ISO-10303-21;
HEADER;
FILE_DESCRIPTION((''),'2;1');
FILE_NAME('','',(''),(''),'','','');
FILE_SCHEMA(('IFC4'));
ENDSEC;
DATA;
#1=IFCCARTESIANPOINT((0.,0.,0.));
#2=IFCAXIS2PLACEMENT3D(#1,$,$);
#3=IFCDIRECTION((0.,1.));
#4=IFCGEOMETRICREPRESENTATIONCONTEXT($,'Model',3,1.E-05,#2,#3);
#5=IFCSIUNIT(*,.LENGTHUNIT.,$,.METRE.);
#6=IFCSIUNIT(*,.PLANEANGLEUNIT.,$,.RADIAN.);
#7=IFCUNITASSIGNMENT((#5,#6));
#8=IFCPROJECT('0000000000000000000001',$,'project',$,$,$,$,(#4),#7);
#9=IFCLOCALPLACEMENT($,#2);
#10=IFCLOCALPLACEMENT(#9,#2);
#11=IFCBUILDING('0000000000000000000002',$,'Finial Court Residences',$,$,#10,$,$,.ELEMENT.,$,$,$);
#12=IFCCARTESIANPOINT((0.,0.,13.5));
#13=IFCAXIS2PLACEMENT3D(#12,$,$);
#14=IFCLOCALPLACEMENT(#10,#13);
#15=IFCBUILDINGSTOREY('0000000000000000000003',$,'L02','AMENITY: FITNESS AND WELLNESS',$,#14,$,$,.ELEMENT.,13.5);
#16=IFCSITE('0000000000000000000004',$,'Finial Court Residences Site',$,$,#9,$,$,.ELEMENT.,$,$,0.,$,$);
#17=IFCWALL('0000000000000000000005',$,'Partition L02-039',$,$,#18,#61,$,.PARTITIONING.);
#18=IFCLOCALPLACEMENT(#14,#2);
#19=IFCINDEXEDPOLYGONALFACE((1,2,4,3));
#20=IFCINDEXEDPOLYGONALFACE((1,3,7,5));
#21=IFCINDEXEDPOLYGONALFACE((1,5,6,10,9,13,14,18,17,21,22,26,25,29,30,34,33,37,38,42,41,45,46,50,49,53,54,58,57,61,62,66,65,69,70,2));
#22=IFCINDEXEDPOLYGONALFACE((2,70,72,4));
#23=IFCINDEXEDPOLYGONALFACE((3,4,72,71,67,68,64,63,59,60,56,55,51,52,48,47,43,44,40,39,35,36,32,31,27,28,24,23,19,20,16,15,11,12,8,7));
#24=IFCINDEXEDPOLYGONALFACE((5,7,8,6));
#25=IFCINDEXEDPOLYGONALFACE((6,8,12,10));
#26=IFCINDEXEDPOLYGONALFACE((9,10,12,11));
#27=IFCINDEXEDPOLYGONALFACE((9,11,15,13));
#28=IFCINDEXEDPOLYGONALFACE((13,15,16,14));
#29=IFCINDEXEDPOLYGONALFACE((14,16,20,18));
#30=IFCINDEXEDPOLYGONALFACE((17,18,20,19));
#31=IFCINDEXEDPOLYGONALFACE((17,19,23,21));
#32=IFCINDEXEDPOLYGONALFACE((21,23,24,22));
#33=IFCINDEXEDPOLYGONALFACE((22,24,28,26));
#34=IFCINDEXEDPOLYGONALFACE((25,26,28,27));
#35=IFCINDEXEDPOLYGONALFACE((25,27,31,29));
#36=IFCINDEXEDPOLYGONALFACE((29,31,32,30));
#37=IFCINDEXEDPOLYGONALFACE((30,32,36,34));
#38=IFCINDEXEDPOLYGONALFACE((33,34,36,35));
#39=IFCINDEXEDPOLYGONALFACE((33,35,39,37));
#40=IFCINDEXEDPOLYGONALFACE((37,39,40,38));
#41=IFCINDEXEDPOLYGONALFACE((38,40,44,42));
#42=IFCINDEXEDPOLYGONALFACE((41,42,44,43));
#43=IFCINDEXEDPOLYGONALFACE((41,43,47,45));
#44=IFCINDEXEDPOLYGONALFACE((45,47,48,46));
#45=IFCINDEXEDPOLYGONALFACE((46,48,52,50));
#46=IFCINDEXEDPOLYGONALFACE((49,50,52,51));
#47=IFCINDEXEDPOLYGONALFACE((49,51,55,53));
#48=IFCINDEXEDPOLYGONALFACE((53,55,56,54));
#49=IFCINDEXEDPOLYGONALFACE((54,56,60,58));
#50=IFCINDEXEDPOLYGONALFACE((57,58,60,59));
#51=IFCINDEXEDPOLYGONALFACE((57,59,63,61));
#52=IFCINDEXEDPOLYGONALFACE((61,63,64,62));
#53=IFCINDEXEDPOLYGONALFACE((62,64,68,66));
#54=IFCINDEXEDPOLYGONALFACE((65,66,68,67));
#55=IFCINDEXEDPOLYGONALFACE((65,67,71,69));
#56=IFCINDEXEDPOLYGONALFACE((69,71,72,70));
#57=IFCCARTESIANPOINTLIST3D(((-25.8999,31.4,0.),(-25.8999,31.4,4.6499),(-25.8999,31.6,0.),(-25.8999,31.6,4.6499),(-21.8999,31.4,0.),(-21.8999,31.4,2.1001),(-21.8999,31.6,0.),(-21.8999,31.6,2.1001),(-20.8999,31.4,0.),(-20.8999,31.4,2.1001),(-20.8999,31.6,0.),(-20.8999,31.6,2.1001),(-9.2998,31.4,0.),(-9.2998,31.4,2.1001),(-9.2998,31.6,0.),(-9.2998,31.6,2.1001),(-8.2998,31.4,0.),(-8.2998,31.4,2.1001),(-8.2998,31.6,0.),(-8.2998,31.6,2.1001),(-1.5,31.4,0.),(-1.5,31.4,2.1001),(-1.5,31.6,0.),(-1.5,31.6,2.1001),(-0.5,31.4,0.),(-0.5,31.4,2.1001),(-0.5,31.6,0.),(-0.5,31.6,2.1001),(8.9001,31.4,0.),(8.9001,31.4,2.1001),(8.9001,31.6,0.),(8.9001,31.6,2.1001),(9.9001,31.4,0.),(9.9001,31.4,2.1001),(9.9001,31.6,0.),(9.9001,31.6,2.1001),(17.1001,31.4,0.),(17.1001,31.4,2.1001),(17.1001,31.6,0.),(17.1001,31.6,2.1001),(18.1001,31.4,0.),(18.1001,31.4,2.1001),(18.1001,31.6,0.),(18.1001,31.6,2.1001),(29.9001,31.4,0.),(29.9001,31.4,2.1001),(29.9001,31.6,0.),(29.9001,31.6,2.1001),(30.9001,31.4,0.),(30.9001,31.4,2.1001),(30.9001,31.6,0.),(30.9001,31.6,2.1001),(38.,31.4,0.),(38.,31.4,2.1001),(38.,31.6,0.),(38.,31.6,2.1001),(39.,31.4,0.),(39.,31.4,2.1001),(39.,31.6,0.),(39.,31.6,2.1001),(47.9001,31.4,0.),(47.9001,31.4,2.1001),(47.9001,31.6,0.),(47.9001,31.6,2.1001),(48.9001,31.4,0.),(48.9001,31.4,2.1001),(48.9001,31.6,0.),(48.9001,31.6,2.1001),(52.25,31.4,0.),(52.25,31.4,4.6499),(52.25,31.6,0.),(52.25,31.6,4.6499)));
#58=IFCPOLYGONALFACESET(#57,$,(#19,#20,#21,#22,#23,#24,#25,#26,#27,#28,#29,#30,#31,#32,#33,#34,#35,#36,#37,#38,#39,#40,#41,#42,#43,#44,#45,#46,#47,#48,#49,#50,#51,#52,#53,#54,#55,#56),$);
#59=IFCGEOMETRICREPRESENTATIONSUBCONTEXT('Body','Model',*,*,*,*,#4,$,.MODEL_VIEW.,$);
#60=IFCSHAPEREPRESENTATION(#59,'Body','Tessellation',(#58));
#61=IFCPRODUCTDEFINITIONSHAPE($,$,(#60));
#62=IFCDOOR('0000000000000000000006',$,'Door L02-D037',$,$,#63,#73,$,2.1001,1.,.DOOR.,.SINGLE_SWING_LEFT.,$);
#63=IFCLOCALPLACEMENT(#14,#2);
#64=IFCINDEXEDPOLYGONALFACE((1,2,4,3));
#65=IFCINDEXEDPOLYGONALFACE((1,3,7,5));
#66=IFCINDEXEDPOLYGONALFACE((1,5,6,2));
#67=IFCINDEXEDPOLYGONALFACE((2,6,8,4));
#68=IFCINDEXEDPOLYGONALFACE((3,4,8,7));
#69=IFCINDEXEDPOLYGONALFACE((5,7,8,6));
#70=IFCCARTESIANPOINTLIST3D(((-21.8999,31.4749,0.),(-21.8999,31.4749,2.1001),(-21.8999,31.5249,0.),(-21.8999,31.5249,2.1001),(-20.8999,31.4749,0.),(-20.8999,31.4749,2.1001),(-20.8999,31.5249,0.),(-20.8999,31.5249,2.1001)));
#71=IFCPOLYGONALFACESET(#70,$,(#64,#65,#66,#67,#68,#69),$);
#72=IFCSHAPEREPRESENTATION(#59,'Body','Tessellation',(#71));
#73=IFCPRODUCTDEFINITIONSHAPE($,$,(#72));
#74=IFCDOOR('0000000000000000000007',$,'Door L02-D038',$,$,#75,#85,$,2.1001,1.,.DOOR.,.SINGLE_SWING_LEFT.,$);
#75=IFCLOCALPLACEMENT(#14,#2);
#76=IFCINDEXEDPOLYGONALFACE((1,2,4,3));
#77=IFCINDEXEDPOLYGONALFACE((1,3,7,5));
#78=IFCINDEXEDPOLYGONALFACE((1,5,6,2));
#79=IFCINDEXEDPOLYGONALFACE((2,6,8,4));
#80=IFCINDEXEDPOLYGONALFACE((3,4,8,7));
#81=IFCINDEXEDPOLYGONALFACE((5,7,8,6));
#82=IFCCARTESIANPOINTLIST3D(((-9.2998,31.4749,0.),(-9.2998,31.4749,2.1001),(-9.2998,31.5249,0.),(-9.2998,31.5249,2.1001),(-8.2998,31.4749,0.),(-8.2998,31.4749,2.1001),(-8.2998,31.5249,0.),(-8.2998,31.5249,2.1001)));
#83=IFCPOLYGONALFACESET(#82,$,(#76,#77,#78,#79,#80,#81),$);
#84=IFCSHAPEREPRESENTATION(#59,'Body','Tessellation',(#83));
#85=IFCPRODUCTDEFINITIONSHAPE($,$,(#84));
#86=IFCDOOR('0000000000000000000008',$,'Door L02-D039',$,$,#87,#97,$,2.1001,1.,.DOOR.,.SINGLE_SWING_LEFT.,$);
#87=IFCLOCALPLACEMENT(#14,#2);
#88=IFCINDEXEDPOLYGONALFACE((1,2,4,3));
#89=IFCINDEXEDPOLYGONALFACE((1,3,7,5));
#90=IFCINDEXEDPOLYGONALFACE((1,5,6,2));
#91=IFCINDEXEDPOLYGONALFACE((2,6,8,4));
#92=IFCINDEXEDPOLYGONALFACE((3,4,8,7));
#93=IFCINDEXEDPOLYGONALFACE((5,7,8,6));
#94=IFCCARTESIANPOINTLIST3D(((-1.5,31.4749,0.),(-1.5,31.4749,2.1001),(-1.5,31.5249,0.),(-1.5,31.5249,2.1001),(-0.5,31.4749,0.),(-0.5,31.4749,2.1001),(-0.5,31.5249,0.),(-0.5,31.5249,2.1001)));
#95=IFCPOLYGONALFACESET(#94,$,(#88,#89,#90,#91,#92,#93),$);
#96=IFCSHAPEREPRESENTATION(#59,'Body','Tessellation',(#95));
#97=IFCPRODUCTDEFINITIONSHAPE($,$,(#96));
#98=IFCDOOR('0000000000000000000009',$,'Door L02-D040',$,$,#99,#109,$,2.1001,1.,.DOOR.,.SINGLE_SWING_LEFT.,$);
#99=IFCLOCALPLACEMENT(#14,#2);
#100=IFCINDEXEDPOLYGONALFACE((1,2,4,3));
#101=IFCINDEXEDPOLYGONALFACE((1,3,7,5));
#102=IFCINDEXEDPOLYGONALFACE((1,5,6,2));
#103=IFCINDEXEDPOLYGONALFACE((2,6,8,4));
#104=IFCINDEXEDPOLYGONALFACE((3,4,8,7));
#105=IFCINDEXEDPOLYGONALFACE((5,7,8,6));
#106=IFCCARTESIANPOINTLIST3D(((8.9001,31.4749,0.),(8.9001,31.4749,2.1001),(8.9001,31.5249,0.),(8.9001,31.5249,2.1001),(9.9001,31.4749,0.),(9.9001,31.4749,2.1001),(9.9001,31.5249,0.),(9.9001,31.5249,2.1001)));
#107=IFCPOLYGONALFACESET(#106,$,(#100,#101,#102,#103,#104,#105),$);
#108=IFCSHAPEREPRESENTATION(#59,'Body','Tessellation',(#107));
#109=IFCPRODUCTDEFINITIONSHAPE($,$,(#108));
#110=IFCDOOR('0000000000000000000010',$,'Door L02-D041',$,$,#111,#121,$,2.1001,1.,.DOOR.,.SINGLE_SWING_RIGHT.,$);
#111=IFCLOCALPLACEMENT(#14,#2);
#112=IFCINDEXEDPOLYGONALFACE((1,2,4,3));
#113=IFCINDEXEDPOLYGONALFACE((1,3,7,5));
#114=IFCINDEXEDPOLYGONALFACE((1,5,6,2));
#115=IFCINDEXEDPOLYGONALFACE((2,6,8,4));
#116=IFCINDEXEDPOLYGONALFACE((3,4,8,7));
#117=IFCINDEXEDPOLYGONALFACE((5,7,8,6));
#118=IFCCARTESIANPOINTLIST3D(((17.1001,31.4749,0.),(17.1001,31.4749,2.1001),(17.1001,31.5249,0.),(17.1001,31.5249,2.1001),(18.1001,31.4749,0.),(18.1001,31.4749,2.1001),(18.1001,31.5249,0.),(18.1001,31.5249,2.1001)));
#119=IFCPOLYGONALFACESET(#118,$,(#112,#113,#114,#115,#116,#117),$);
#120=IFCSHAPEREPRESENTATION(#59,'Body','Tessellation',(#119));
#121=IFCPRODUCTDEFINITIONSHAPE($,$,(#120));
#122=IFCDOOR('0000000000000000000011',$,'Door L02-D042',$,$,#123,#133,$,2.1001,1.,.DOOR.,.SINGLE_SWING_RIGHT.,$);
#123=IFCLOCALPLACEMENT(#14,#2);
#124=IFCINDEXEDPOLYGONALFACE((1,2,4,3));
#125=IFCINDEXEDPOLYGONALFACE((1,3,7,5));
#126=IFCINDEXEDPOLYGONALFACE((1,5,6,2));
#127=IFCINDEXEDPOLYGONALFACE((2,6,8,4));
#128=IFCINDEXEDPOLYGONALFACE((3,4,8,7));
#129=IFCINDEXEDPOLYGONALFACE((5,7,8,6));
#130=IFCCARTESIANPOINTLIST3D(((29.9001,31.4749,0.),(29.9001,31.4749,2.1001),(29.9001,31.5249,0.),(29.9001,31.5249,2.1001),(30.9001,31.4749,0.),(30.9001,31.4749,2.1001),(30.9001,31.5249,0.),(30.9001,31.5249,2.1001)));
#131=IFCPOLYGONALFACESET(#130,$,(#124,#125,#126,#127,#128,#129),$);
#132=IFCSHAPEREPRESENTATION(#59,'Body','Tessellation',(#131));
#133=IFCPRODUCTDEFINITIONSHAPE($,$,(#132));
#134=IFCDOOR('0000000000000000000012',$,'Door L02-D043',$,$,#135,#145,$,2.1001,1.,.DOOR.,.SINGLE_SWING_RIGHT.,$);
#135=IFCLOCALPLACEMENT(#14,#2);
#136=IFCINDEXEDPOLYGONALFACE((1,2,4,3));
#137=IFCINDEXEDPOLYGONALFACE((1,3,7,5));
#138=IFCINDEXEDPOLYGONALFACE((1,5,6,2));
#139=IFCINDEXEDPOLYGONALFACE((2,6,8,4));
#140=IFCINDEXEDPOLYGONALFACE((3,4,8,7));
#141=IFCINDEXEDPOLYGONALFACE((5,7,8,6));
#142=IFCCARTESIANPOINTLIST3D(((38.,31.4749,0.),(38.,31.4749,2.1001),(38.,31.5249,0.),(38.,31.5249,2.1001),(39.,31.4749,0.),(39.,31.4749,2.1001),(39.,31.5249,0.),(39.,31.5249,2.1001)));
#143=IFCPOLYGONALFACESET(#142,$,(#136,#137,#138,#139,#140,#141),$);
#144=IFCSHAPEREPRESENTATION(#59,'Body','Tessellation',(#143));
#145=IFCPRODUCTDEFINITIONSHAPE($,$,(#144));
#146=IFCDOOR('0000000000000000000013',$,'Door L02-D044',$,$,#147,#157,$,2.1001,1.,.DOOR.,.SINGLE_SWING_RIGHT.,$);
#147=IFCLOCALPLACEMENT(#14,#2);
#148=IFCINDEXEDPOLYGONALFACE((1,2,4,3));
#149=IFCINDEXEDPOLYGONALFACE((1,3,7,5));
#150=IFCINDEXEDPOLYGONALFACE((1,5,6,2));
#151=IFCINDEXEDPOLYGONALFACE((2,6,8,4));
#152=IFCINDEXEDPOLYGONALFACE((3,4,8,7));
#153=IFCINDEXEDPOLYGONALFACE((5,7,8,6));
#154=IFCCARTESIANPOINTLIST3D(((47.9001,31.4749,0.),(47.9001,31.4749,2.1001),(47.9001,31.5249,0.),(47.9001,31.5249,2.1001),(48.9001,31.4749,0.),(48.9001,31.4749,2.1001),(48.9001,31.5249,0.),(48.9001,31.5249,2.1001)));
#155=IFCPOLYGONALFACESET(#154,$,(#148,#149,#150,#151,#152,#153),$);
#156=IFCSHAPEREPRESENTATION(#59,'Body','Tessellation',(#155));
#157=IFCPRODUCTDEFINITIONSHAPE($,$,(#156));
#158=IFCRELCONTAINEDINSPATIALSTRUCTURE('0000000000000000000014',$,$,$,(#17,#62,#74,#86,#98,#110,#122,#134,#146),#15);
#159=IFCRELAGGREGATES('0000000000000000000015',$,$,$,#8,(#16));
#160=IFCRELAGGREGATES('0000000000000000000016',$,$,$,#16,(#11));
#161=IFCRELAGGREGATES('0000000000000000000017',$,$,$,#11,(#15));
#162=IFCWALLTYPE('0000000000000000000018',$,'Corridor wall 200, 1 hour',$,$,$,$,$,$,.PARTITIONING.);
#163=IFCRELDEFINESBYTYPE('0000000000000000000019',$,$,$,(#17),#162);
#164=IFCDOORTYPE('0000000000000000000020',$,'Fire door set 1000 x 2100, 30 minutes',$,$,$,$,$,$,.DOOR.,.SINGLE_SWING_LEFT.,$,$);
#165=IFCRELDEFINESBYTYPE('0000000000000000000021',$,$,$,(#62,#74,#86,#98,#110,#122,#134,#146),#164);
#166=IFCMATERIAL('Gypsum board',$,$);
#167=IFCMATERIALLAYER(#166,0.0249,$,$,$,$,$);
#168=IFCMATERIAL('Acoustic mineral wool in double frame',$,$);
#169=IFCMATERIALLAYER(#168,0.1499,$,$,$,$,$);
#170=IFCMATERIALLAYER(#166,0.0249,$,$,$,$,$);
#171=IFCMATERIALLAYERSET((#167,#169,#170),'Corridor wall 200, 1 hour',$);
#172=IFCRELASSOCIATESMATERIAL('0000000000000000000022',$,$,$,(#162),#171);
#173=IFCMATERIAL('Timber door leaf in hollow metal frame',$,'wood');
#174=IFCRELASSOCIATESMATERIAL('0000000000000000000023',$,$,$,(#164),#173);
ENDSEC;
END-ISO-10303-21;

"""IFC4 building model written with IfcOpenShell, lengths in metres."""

from ifc_helpers import new_model, si_unit, direction, frame, frame_2d, origin, place, context, subcontext, project, spatial, rectangle, extrude, material, layer, layer_set, type_object, element, fill, save


model = new_model("IFC4")

# Units and contexts
model_context = context("Model", 3, precision=1e-05, world=origin(), true_north=direction((0.0, 1.0)))
body_context = subcontext(model_context, "Body", "Model", "MODEL_VIEW")
ifc_project = project(units=[si_unit("LENGTHUNIT", "METRE"), si_unit("PLANEANGLEUNIT", "RADIAN")], contexts=[model_context])

# Site, building, storey
site_placement = place(None, origin())
site = spatial("IfcSite", under=ifc_project, at=site_placement, Name="Finial Court Residences Site", CompositionType="ELEMENT", RefElevation=0.0)
building_placement = place(site_placement, origin())
building = spatial("IfcBuilding", under=site, at=building_placement, Name="Finial Court Residences", CompositionType="ELEMENT")
storey_placement = place(building_placement, frame((0.0, 0.0, 13.5)))
storey = spatial("IfcBuildingStorey", under=building, at=storey_placement, Name="L02", Description="AMENITY: FITNESS AND WELLNESS", CompositionType="ELEMENT", Elevation=13.5)

# Shared definitions
ifc_material_1 = material(Name="Gypsum board")
ifc_layer_1 = layer(ifc_material_1, 0.0249)
ifc_material_2 = material(Name="Acoustic mineral wool in double frame")
ifc_layer_2 = layer(ifc_material_2, 0.1499)
ifc_layer_3 = layer(ifc_material_1, 0.0249)
ifc_layer_set_1 = layer_set([ifc_layer_1, ifc_layer_2, ifc_layer_3], Name="Corridor wall 200, 1 hour")
wall_type_1 = type_object("IfcWallType", Name="Corridor wall 200, 1 hour", PredefinedType="PARTITIONING", material=ifc_layer_set_1)

# Wall, openings, doors
wall_1_placement = place(storey_placement, frame((-25.8999, 31.5, 0.0), z_axis=(0.0, 0.0, 1.0), x_axis=(1.0, 0.0, 0.0)))
wall_1 = element("IfcWall", 1, at=wall_1_placement, inside=storey, type_object=wall_type_1, Name="Partition L02-039", PredefinedType="PARTITIONING", context=body_context, shape_type="SweptSolid", body=[
    extrude(rectangle(XDim=78.1499, YDim=0.2, at=frame_2d((39.075, 0.0))), origin(), (0.0, 0.0, 1.0), 4.6499),
])
opening_1_placement = place(wall_1_placement, frame((4.0, 0.0, 0.0)))
opening_1 = element("IfcOpeningElement", 2, at=opening_1_placement, cuts=wall_1, PredefinedType="OPENING", context=body_context, shape_type="SweptSolid", body=[
    extrude(rectangle(XDim=1.0, YDim=2.1001, at=frame_2d((0.5, 1.05))), frame((0.0, 0.1099, 0.0), z_axis=(0.0, -1.0, 0.0), x_axis=(1.0, 0.0, 0.0)), (0.0, 0.0, 1.0), 0.22),
])
opening_2_placement = place(wall_1_placement, frame((16.6001, 0.0, 0.0)))
opening_2 = element("IfcOpeningElement", 3, at=opening_2_placement, cuts=wall_1, PredefinedType="OPENING", context=body_context, shape_type="SweptSolid", body=[
    extrude(rectangle(XDim=1.0, YDim=2.1001, at=frame_2d((0.5, 1.05))), frame((0.0, 0.1099, 0.0), z_axis=(0.0, -1.0, 0.0), x_axis=(1.0, 0.0, 0.0)), (0.0, 0.0, 1.0), 0.22),
])
opening_3_placement = place(wall_1_placement, frame((24.3999, 0.0, 0.0)))
opening_3 = element("IfcOpeningElement", 4, at=opening_3_placement, cuts=wall_1, PredefinedType="OPENING", context=body_context, shape_type="SweptSolid", body=[
    extrude(rectangle(XDim=1.0, YDim=2.1001, at=frame_2d((0.5, 1.05))), frame((0.0, 0.1099, 0.0), z_axis=(0.0, -1.0, 0.0), x_axis=(1.0, 0.0, 0.0)), (0.0, 0.0, 1.0), 0.22),
])
opening_4_placement = place(wall_1_placement, frame((34.8, 0.0, 0.0)))
opening_4 = element("IfcOpeningElement", 5, at=opening_4_placement, cuts=wall_1, PredefinedType="OPENING", context=body_context, shape_type="SweptSolid", body=[
    extrude(rectangle(XDim=1.0, YDim=2.1001, at=frame_2d((0.5, 1.05))), frame((0.0, 0.1099, 0.0), z_axis=(0.0, -1.0, 0.0), x_axis=(1.0, 0.0, 0.0)), (0.0, 0.0, 1.0), 0.22),
])
opening_5_placement = place(wall_1_placement, frame((43.0, 0.0, 0.0)))
opening_5 = element("IfcOpeningElement", 6, at=opening_5_placement, cuts=wall_1, PredefinedType="OPENING", context=body_context, shape_type="SweptSolid", body=[
    extrude(rectangle(XDim=1.0, YDim=2.1001, at=frame_2d((0.5, 1.05))), frame((0.0, 0.1099, 0.0), z_axis=(0.0, -1.0, 0.0), x_axis=(1.0, 0.0, 0.0)), (0.0, 0.0, 1.0), 0.22),
])
opening_6_placement = place(wall_1_placement, frame((55.8, 0.0, 0.0)))
opening_6 = element("IfcOpeningElement", 7, at=opening_6_placement, cuts=wall_1, PredefinedType="OPENING", context=body_context, shape_type="SweptSolid", body=[
    extrude(rectangle(XDim=1.0, YDim=2.1001, at=frame_2d((0.5, 1.05))), frame((0.0, 0.1099, 0.0), z_axis=(0.0, -1.0, 0.0), x_axis=(1.0, 0.0, 0.0)), (0.0, 0.0, 1.0), 0.22),
])
opening_7_placement = place(wall_1_placement, frame((63.8999, 0.0, 0.0)))
opening_7 = element("IfcOpeningElement", 8, at=opening_7_placement, cuts=wall_1, PredefinedType="OPENING", context=body_context, shape_type="SweptSolid", body=[
    extrude(rectangle(XDim=1.0, YDim=2.1001, at=frame_2d((0.5, 1.05))), frame((0.0, 0.1099, 0.0), z_axis=(0.0, -1.0, 0.0), x_axis=(1.0, 0.0, 0.0)), (0.0, 0.0, 1.0), 0.22),
])
opening_8_placement = place(wall_1_placement, frame((73.8, 0.0, 0.0)))
opening_8 = element("IfcOpeningElement", 9, at=opening_8_placement, cuts=wall_1, PredefinedType="OPENING", context=body_context, shape_type="SweptSolid", body=[
    extrude(rectangle(XDim=1.0, YDim=2.1001, at=frame_2d((0.5, 1.05))), frame((0.0, 0.1099, 0.0), z_axis=(0.0, -1.0, 0.0), x_axis=(1.0, 0.0, 0.0)), (0.0, 0.0, 1.0), 0.22),
])
ifc_material_3 = material(Name="Timber door leaf in hollow metal frame", Category="wood")
door_type = type_object("IfcDoorType", Name="Fire door set 1000 x 2100, 30 minutes", OperationType="SINGLE_SWING_LEFT", PredefinedType="DOOR", material=ifc_material_3)
door_1_placement = place(opening_1_placement, origin())
door_1 = element("IfcDoor", 10, at=door_1_placement, inside=storey, type_object=door_type, Name="Door L02-D037", OperationType="SINGLE_SWING_LEFT", OverallHeight=2.1001, OverallWidth=1.0, PredefinedType="DOOR", context=body_context, shape_type="SweptSolid", body=[
    extrude(rectangle(XDim=1.0, YDim=2.1001, at=frame_2d((0.5, 1.05))), frame((0.0, 0.0249, 0.0), z_axis=(0.0, -1.0, 0.0), x_axis=(1.0, 0.0, 0.0)), (0.0, 0.0, 1.0), 0.05),
])
fill(opening_1, door_1)
door_2_placement = place(opening_2_placement, origin())
door_2 = element("IfcDoor", 11, at=door_2_placement, inside=storey, type_object=door_type, Name="Door L02-D038", OperationType="SINGLE_SWING_LEFT", OverallHeight=2.1001, OverallWidth=1.0, PredefinedType="DOOR", context=body_context, shape_type="SweptSolid", body=[
    extrude(rectangle(XDim=1.0, YDim=2.1001, at=frame_2d((0.5, 1.05))), frame((0.0, 0.0249, 0.0), z_axis=(0.0, -1.0, 0.0), x_axis=(1.0, 0.0, 0.0)), (0.0, 0.0, 1.0), 0.05),
])
fill(opening_2, door_2)
door_3_placement = place(opening_3_placement, origin())
door_3 = element("IfcDoor", 12, at=door_3_placement, inside=storey, type_object=door_type, Name="Door L02-D039", OperationType="SINGLE_SWING_LEFT", OverallHeight=2.1001, OverallWidth=1.0, PredefinedType="DOOR", context=body_context, shape_type="SweptSolid", body=[
    extrude(rectangle(XDim=1.0, YDim=2.1001, at=frame_2d((0.5, 1.05))), frame((0.0, 0.0249, 0.0), z_axis=(0.0, -1.0, 0.0), x_axis=(1.0, 0.0, 0.0)), (0.0, 0.0, 1.0), 0.05),
])
fill(opening_3, door_3)
door_4_placement = place(opening_4_placement, origin())
door_4 = element("IfcDoor", 13, at=door_4_placement, inside=storey, type_object=door_type, Name="Door L02-D040", OperationType="SINGLE_SWING_LEFT", OverallHeight=2.1001, OverallWidth=1.0, PredefinedType="DOOR", context=body_context, shape_type="SweptSolid", body=[
    extrude(rectangle(XDim=1.0, YDim=2.1001, at=frame_2d((0.5, 1.05))), frame((0.0, 0.0249, 0.0), z_axis=(0.0, -1.0, 0.0), x_axis=(1.0, 0.0, 0.0)), (0.0, 0.0, 1.0), 0.05),
])
fill(opening_4, door_4)
door_5_placement = place(opening_5_placement, origin())
door_5 = element("IfcDoor", 14, at=door_5_placement, inside=storey, type_object=door_type, Name="Door L02-D041", OperationType="SINGLE_SWING_RIGHT", OverallHeight=2.1001, OverallWidth=1.0, PredefinedType="DOOR", context=body_context, shape_type="SweptSolid", body=[
    extrude(rectangle(XDim=1.0, YDim=2.1001, at=frame_2d((0.5, 1.05))), frame((0.0, 0.0249, 0.0), z_axis=(0.0, -1.0, 0.0), x_axis=(1.0, 0.0, 0.0)), (0.0, 0.0, 1.0), 0.05),
])
fill(opening_5, door_5)
door_6_placement = place(opening_6_placement, origin())
door_6 = element("IfcDoor", 15, at=door_6_placement, inside=storey, type_object=door_type, Name="Door L02-D042", OperationType="SINGLE_SWING_RIGHT", OverallHeight=2.1001, OverallWidth=1.0, PredefinedType="DOOR", context=body_context, shape_type="SweptSolid", body=[
    extrude(rectangle(XDim=1.0, YDim=2.1001, at=frame_2d((0.5, 1.05))), frame((0.0, 0.0249, 0.0), z_axis=(0.0, -1.0, 0.0), x_axis=(1.0, 0.0, 0.0)), (0.0, 0.0, 1.0), 0.05),
])
fill(opening_6, door_6)
door_7_placement = place(opening_7_placement, origin())
door_7 = element("IfcDoor", 16, at=door_7_placement, inside=storey, type_object=door_type, Name="Door L02-D043", OperationType="SINGLE_SWING_RIGHT", OverallHeight=2.1001, OverallWidth=1.0, PredefinedType="DOOR", context=body_context, shape_type="SweptSolid", body=[
    extrude(rectangle(XDim=1.0, YDim=2.1001, at=frame_2d((0.5, 1.05))), frame((0.0, 0.0249, 0.0), z_axis=(0.0, -1.0, 0.0), x_axis=(1.0, 0.0, 0.0)), (0.0, 0.0, 1.0), 0.05),
])
fill(opening_7, door_7)
door_8_placement = place(opening_8_placement, origin())
door_8 = element("IfcDoor", 17, at=door_8_placement, inside=storey, type_object=door_type, Name="Door L02-D044", OperationType="SINGLE_SWING_RIGHT", OverallHeight=2.1001, OverallWidth=1.0, PredefinedType="DOOR", context=body_context, shape_type="SweptSolid", body=[
    extrude(rectangle(XDim=1.0, YDim=2.1001, at=frame_2d((0.5, 1.05))), frame((0.0, 0.0249, 0.0), z_axis=(0.0, -1.0, 0.0), x_axis=(1.0, 0.0, 0.0)), (0.0, 0.0, 1.0), 0.05),
])
fill(opening_8, door_8)

save(model, "model.ifc")
